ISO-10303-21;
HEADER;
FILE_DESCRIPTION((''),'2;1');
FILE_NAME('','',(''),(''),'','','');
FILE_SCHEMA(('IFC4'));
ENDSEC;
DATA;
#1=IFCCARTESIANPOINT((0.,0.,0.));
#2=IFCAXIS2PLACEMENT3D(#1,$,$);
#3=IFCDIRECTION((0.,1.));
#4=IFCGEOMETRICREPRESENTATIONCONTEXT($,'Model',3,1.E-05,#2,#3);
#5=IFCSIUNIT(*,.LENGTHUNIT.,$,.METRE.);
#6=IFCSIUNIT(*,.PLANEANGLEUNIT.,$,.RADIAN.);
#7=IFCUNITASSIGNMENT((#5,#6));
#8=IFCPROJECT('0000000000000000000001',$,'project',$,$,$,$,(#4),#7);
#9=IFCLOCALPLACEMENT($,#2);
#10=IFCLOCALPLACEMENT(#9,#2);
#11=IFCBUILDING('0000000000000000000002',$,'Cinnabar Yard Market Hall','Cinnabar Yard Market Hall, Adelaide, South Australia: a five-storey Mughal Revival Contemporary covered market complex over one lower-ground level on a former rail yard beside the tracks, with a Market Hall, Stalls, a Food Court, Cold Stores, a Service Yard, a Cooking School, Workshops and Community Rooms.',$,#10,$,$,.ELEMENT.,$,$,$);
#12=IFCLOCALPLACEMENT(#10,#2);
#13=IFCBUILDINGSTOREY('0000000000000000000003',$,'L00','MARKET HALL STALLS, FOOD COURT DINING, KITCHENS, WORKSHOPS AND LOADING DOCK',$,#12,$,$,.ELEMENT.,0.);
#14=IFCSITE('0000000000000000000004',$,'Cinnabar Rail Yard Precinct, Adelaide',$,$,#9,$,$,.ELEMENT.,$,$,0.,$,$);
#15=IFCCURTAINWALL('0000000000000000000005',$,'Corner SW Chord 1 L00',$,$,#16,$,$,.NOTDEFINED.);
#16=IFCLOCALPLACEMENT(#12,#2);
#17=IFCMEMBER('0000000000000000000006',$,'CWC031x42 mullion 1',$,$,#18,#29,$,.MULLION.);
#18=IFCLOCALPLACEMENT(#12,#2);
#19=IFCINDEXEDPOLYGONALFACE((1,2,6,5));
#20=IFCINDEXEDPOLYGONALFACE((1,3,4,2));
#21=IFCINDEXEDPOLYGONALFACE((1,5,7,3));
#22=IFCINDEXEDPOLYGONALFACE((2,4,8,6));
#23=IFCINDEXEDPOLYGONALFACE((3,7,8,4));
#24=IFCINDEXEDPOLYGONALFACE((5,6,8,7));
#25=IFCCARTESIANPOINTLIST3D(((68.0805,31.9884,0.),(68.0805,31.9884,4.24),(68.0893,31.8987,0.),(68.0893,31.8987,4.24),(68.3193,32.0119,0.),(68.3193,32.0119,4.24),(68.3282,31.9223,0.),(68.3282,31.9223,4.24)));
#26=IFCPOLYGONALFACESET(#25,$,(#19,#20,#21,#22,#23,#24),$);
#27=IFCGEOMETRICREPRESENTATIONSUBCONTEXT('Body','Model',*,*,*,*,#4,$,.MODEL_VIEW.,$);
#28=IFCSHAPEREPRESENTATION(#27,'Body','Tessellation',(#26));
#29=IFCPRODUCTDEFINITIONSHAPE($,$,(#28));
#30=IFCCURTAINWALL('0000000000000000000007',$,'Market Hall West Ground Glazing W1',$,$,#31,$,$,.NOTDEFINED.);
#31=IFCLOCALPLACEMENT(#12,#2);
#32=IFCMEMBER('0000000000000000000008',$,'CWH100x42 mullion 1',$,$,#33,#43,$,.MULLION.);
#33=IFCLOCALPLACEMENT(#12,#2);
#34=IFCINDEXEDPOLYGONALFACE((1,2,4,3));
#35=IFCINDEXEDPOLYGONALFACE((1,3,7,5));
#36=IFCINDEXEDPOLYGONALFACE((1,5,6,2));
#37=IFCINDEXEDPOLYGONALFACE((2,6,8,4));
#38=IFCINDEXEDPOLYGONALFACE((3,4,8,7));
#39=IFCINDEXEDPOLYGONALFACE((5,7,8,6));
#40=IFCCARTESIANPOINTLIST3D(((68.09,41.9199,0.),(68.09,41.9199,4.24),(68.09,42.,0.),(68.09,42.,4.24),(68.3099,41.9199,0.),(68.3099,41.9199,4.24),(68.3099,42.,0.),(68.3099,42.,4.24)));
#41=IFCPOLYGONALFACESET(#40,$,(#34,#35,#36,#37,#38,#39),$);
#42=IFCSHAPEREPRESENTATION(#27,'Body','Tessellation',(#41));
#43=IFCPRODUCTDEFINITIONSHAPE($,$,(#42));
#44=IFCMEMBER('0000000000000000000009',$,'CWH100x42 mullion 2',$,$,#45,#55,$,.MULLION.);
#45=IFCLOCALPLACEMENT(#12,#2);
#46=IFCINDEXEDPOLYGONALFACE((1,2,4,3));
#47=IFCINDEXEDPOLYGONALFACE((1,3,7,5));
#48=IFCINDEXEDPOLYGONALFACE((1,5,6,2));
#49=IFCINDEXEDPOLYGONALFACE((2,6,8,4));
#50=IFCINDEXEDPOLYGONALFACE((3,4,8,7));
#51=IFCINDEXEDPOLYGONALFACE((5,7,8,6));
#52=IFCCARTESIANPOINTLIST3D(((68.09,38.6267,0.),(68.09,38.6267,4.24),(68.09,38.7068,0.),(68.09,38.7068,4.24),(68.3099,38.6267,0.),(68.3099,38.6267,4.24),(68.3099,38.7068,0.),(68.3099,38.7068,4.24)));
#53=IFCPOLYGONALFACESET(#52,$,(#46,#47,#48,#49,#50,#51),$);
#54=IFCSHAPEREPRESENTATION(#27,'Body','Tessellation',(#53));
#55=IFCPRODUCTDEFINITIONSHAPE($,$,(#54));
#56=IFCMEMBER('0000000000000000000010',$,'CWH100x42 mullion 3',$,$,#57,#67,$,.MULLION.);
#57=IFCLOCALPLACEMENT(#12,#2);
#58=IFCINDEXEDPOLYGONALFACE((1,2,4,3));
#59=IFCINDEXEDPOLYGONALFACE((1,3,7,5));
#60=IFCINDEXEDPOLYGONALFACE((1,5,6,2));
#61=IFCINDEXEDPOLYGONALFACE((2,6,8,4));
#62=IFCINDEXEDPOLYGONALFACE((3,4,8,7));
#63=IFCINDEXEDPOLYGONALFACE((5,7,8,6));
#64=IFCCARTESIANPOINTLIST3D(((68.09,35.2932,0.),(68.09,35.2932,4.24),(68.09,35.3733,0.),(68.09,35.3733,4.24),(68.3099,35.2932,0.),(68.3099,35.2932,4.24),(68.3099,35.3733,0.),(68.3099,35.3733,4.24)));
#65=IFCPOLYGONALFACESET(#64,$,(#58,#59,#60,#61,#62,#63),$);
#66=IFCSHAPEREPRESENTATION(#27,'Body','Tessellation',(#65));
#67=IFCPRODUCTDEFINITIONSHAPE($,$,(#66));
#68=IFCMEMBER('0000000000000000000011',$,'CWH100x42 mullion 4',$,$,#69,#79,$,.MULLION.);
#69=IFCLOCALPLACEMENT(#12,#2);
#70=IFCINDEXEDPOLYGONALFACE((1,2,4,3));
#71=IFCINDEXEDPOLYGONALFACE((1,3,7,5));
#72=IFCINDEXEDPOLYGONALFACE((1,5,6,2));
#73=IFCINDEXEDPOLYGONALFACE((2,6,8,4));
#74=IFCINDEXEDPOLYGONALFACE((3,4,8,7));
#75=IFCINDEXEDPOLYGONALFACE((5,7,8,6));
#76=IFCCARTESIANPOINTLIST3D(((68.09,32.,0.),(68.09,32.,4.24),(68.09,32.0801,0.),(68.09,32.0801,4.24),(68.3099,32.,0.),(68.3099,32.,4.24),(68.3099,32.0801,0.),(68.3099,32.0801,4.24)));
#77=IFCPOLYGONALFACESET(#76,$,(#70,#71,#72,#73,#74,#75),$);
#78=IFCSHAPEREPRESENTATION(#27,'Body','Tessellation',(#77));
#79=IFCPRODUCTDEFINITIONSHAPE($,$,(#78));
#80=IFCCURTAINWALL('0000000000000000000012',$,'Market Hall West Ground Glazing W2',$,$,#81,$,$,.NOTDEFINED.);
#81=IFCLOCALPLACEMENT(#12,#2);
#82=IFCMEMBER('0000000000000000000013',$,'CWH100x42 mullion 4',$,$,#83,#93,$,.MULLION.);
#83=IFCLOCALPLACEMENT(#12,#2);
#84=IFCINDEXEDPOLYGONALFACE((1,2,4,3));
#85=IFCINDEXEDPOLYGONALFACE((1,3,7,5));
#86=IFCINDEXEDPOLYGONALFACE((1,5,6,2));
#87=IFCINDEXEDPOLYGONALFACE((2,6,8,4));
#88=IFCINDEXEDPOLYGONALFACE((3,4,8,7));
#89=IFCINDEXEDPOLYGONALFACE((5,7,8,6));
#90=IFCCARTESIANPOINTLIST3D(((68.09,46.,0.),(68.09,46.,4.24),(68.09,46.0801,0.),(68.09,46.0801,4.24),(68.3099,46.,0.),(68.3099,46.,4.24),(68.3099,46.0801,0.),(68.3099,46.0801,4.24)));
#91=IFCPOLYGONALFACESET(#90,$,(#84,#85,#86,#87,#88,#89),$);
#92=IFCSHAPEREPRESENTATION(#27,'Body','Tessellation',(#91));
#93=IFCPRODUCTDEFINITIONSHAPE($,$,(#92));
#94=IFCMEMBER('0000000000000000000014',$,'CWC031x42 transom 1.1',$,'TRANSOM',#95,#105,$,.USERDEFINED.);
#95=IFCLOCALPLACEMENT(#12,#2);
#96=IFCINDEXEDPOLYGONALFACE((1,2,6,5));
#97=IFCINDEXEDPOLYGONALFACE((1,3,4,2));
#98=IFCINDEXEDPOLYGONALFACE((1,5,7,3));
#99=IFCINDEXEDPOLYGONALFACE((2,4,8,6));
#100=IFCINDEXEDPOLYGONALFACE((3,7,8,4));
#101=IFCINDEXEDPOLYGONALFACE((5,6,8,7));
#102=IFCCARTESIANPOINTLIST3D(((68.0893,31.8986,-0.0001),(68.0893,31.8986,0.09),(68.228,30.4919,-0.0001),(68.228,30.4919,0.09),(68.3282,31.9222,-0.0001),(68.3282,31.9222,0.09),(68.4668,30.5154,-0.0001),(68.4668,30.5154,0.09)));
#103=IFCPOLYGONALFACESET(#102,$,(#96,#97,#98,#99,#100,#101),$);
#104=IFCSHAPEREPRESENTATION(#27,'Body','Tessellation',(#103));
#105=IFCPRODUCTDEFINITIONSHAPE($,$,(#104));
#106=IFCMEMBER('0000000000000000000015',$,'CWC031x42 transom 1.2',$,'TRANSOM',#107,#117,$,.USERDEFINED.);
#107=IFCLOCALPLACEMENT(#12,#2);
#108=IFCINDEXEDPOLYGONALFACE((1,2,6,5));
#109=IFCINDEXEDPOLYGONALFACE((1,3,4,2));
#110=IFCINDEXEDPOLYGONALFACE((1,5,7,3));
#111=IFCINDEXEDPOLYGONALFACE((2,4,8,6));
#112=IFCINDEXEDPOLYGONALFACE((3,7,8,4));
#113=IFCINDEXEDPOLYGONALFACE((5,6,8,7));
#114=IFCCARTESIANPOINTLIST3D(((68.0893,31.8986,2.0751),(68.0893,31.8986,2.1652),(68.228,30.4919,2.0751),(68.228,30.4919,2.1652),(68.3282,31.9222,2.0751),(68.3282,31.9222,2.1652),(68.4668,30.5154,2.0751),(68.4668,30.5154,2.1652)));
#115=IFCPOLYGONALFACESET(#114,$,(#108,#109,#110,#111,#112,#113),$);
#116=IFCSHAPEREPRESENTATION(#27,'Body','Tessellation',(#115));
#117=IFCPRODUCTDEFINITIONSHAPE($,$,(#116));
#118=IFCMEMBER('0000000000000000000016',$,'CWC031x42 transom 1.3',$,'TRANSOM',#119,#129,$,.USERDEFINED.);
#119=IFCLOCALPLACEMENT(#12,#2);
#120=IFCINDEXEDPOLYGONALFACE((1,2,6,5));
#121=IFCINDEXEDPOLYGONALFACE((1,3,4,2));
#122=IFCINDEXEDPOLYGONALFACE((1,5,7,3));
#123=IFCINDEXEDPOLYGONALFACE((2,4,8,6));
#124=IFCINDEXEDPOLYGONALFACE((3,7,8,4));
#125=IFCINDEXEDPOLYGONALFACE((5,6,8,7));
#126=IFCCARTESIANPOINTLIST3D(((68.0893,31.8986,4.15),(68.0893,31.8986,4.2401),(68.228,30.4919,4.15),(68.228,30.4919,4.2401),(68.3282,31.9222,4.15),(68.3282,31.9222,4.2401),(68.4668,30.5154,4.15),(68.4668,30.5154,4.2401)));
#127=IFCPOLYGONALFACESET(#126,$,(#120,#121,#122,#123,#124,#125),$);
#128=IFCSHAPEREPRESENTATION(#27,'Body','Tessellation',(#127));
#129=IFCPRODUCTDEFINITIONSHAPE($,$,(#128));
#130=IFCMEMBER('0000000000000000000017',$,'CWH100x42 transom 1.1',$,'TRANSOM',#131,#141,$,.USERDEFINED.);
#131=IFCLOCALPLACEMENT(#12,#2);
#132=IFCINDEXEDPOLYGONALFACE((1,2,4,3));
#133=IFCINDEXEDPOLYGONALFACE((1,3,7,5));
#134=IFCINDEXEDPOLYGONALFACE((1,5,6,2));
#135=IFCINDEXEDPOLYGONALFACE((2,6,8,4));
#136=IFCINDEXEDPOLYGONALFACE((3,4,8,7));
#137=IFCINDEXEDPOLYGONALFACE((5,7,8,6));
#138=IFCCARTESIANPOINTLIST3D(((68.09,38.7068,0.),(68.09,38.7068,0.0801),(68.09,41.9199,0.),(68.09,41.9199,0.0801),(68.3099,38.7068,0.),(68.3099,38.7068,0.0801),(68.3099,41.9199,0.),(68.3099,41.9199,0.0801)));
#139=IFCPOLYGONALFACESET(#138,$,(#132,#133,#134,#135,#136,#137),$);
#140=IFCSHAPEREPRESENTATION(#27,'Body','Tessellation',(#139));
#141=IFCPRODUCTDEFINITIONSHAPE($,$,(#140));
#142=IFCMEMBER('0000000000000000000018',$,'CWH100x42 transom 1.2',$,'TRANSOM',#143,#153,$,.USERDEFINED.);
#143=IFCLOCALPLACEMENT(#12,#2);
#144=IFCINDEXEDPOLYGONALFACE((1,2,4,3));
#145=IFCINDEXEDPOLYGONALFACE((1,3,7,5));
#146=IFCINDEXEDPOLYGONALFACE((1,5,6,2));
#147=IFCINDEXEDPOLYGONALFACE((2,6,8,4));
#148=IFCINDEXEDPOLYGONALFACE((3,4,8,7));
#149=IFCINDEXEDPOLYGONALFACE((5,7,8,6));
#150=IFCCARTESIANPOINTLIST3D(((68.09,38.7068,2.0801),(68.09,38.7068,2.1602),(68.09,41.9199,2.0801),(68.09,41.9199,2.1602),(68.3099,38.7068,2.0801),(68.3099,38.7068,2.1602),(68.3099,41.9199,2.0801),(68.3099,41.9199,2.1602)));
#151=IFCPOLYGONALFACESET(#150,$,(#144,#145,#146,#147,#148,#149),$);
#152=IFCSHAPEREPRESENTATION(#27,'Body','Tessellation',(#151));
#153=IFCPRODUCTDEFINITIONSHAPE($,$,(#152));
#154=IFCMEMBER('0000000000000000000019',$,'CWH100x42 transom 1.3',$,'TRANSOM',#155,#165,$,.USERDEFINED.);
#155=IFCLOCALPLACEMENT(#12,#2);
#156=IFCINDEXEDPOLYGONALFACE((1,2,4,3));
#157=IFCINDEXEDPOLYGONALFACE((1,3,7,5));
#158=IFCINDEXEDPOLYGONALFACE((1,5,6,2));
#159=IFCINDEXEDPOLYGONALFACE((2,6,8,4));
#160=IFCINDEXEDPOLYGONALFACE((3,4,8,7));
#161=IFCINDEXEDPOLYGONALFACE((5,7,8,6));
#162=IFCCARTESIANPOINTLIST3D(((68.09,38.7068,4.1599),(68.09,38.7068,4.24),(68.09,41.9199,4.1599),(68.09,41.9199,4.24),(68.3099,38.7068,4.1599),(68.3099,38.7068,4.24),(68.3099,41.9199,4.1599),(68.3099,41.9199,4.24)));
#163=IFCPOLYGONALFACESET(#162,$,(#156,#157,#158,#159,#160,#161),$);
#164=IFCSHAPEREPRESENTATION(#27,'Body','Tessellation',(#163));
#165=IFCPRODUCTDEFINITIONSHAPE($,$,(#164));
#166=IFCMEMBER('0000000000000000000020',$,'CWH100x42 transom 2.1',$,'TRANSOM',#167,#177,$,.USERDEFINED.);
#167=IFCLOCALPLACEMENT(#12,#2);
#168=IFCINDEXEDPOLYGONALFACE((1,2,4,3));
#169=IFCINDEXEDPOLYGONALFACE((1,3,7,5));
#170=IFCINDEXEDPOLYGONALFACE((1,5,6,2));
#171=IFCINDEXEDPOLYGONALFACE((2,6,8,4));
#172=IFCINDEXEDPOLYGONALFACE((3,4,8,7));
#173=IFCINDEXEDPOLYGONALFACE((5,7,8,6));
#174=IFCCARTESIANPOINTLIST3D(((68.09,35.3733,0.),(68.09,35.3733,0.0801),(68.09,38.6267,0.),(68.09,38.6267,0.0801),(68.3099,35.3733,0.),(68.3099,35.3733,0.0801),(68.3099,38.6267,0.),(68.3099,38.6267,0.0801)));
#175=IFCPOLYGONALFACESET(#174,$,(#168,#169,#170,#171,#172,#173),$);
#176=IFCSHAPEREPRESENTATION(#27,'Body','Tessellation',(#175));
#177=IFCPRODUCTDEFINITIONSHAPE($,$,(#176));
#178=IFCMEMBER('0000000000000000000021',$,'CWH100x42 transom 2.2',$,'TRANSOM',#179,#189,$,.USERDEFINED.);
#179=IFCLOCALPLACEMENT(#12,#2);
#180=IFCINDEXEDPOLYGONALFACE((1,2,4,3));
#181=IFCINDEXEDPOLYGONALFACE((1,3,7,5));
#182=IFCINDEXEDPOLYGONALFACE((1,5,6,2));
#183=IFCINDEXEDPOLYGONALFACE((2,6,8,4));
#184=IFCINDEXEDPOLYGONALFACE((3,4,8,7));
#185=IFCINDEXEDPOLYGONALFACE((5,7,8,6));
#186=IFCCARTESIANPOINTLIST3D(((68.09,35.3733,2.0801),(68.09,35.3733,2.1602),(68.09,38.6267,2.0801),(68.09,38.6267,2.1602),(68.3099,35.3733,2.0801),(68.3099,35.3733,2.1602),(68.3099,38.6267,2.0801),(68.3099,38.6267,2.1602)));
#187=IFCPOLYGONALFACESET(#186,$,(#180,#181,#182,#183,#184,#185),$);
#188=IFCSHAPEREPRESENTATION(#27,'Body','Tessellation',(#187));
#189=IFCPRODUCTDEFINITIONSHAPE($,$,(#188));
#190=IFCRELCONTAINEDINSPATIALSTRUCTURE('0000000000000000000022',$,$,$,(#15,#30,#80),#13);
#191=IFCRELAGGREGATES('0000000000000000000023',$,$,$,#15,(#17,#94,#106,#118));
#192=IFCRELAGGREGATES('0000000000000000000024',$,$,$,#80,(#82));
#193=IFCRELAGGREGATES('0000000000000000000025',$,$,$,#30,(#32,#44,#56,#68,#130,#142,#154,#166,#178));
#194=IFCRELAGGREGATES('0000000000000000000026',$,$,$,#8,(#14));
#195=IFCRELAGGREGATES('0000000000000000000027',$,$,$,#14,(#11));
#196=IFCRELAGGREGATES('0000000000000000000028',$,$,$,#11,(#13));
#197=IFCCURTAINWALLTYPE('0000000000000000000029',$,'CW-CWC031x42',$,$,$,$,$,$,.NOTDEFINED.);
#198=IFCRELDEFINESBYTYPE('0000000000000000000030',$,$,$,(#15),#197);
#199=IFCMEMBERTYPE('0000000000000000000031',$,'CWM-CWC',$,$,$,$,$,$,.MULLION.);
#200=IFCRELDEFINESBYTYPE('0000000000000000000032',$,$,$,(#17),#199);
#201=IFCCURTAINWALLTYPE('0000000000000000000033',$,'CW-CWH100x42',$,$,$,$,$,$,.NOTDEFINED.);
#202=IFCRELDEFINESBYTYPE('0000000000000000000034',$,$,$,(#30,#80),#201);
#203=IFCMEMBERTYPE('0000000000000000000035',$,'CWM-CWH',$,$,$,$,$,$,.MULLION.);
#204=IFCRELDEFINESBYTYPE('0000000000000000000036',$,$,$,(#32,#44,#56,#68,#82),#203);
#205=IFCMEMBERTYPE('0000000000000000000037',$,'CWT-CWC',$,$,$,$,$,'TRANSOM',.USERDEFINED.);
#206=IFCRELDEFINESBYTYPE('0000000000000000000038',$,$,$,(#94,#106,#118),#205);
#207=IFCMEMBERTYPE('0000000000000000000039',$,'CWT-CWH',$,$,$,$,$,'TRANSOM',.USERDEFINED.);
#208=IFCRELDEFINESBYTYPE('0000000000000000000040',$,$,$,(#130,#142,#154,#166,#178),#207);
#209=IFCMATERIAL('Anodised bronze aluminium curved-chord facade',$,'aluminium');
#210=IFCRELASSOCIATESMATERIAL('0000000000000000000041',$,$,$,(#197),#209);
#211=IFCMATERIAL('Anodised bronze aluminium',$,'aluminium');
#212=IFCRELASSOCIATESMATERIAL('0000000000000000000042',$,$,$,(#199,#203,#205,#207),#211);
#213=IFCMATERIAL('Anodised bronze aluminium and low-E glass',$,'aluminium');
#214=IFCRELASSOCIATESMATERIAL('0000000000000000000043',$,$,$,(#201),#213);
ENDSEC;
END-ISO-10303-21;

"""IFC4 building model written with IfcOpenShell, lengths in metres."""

from ifc_helpers import new_model, si_unit, direction, frame, origin, origin_2d_with_axis, place, context, subcontext, project, spatial, rectangle, extrude, material, material_profile, profile_set, type_object, element, aggregate, save


model = new_model("IFC4")

# Units and contexts
model_context = context("Model", 3, precision=1e-05, world=origin(), true_north=direction((0.0, 1.0)))
body_context = subcontext(model_context, "Body", "Model", "MODEL_VIEW")
ifc_project = project(units=[si_unit("LENGTHUNIT", "METRE"), si_unit("PLANEANGLEUNIT", "RADIAN")], contexts=[model_context])

# Site, building, storey
site_placement = place(None, origin())
site = spatial("IfcSite", under=ifc_project, at=site_placement, Name="Cinnabar Rail Yard Precinct, Adelaide", CompositionType="ELEMENT", RefElevation=0.0)
building_placement = place(site_placement, origin())
building = spatial("IfcBuilding", under=site, at=building_placement, Name="Cinnabar Yard Market Hall", Description="Cinnabar Yard Market Hall, Adelaide, South Australia: a five-storey Mughal Revival Contemporary covered market complex over one lower-ground level on a former rail yard beside the tracks, with a Market Hall, Stalls, a Food Court, Cold Stores, a Service Yard, a Cooking School, Workshops and Community Rooms.", CompositionType="ELEMENT")
storey_placement = place(building_placement, origin())
storey = spatial("IfcBuildingStorey", under=building, at=storey_placement, Name="L00", Description="MARKET HALL STALLS, FOOD COURT DINING, KITCHENS, WORKSHOPS AND LOADING DOCK", CompositionType="ELEMENT", Elevation=0.0)

# Curtain wall, member
ifc_material_1 = material(Name="Anodised bronze aluminium curved-chord facade", Category="aluminium")
curtain_wall_type_1 = type_object("IfcCurtainWallType", Name="CW-CWC031x42", PredefinedType="NOTDEFINED", material=ifc_material_1)
curtain_wall_1_placement = place(storey_placement, origin())
curtain_wall_1 = element("IfcCurtainWall", 1, at=curtain_wall_1_placement, inside=storey, type_object=curtain_wall_type_1, Name="Corner SW Chord 1 L00", PredefinedType="NOTDEFINED")
ifc_material_2 = material(Name="Anodised bronze aluminium", Category="aluminium")
ifc_material_profile_1 = material_profile(ifc_material_2, rectangle(XDim=0.24, YDim=0.0901, at=origin_2d_with_axis()), Name="MUL-CWC")
ifc_profile_set_1 = profile_set([ifc_material_profile_1], Name="Anodised bronze aluminium")
member_type_1 = type_object("IfcMemberType", Name="CWM-CWC", PredefinedType="MULLION", material=ifc_profile_set_1)
member_1_placement = place(storey_placement, frame((68.2043, 31.9553, 0.0), z_axis=(0.0, 0.0, 1.0), x_axis=(0.995184, 0.09802, 0.0)))
member_1 = element("IfcMember", 2, at=member_1_placement, type_object=member_type_1, Name="CWC031x42 mullion 1", PredefinedType="MULLION", context=body_context, shape_type="SweptSolid", body=[
    extrude(rectangle(XDim=0.24, YDim=0.0901, at=origin_2d_with_axis()), origin(), (0.0, 0.0, 1.0), 4.24),
])

# Curtain wall, members
ifc_material_3 = material(Name="Anodised bronze aluminium and low-E glass", Category="aluminium")
curtain_wall_type_2 = type_object("IfcCurtainWallType", Name="CW-CWH100x42", PredefinedType="NOTDEFINED", material=ifc_material_3)
curtain_wall_2_placement = place(storey_placement, origin())
curtain_wall_2 = element("IfcCurtainWall", 3, at=curtain_wall_2_placement, inside=storey, type_object=curtain_wall_type_2, Name="Market Hall West Ground Glazing W1", PredefinedType="NOTDEFINED")
ifc_material_profile_2 = material_profile(ifc_material_2, rectangle(XDim=0.22, YDim=0.0801, at=origin_2d_with_axis()), Name="MUL-CWH")
ifc_profile_set_2 = profile_set([ifc_material_profile_2], Name="Anodised bronze aluminium")
member_type_2 = type_object("IfcMemberType", Name="CWM-CWH", PredefinedType="MULLION", material=ifc_profile_set_2)
member_2_placement = place(storey_placement, frame((68.2, 41.96, 0.0), z_axis=(0.0, 0.0, 1.0), x_axis=(1.0, 0.0, 0.0)))
member_2 = element("IfcMember", 4, at=member_2_placement, type_object=member_type_2, Name="CWH100x42 mullion 1", PredefinedType="MULLION", context=body_context, shape_type="SweptSolid", body=[
    extrude(rectangle(XDim=0.22, YDim=0.0801, at=origin_2d_with_axis()), origin(), (0.0, 0.0, 1.0), 4.24),
])
member_3_placement = place(storey_placement, frame((68.2, 38.6667, 0.0), z_axis=(0.0, 0.0, 1.0), x_axis=(1.0, 0.0, 0.0)))
member_3 = element("IfcMember", 5, at=member_3_placement, type_object=member_type_2, Name="CWH100x42 mullion 2", PredefinedType="MULLION", context=body_context, shape_type="SweptSolid", body=[
    extrude(rectangle(XDim=0.22, YDim=0.0801, at=origin_2d_with_axis()), origin(), (0.0, 0.0, 1.0), 4.24),
])
member_4_placement = place(storey_placement, frame((68.2, 35.3333, 0.0), z_axis=(0.0, 0.0, 1.0), x_axis=(1.0, 0.0, 0.0)))
member_4 = element("IfcMember", 6, at=member_4_placement, type_object=member_type_2, Name="CWH100x42 mullion 3", PredefinedType="MULLION", context=body_context, shape_type="SweptSolid", body=[
    extrude(rectangle(XDim=0.22, YDim=0.0801, at=origin_2d_with_axis()), origin(), (0.0, 0.0, 1.0), 4.24),
])
member_5_placement = place(storey_placement, frame((68.2, 32.04, 0.0), z_axis=(0.0, 0.0, 1.0), x_axis=(1.0, 0.0, 0.0)))
member_5 = element("IfcMember", 7, at=member_5_placement, type_object=member_type_2, Name="CWH100x42 mullion 4", PredefinedType="MULLION", context=body_context, shape_type="SweptSolid", body=[
    extrude(rectangle(XDim=0.22, YDim=0.0801, at=origin_2d_with_axis()), origin(), (0.0, 0.0, 1.0), 4.24),
])

# Curtain wall, member
curtain_wall_3_placement = place(storey_placement, origin())
curtain_wall_3 = element("IfcCurtainWall", 8, at=curtain_wall_3_placement, inside=storey, type_object=curtain_wall_type_2, Name="Market Hall West Ground Glazing W2", PredefinedType="NOTDEFINED")
member_6_placement = place(storey_placement, frame((68.2, 46.04, 0.0), z_axis=(0.0, 0.0, 1.0), x_axis=(1.0, 0.0, 0.0)))
member_6 = element("IfcMember", 9, at=member_6_placement, type_object=member_type_2, Name="CWH100x42 mullion 4", PredefinedType="MULLION", context=body_context, shape_type="SweptSolid", body=[
    extrude(rectangle(XDim=0.22, YDim=0.0801, at=origin_2d_with_axis()), origin(), (0.0, 0.0, 1.0), 4.24),
])

# Members
ifc_material_profile_3 = material_profile(ifc_material_2, rectangle(XDim=0.24, YDim=0.0901, at=origin_2d_with_axis()), Name="TRN-CWC")
ifc_profile_set_3 = profile_set([ifc_material_profile_3], Name="Anodised bronze aluminium")
member_type_3 = type_object("IfcMemberType", Name="CWT-CWC", ElementType="TRANSOM", PredefinedType="USERDEFINED", material=ifc_profile_set_3)
member_7_placement = place(storey_placement, frame((68.2087, 31.9104, 0.0449), z_axis=(0.098101, -0.995176, 0.0), x_axis=(0.995176, 0.098101, 0.0)))
member_7 = element("IfcMember", 10, at=member_7_placement, type_object=member_type_3, Name="CWC031x42 transom 1.1", ObjectType="TRANSOM", PredefinedType="USERDEFINED", context=body_context, shape_type="SweptSolid", body=[
    extrude(rectangle(XDim=0.24, YDim=0.0901, at=origin_2d_with_axis()), origin(), (0.0, 0.0, 1.0), 1.4136),
])
member_8_placement = place(storey_placement, frame((68.2087, 31.9104, 2.1201), z_axis=(0.098101, -0.995176, 0.0), x_axis=(0.995176, 0.098101, 0.0)))
member_8 = element("IfcMember", 11, at=member_8_placement, type_object=member_type_3, Name="CWC031x42 transom 1.2", ObjectType="TRANSOM", PredefinedType="USERDEFINED", context=body_context, shape_type="SweptSolid", body=[
    extrude(rectangle(XDim=0.24, YDim=0.0901, at=origin_2d_with_axis()), origin(), (0.0, 0.0, 1.0), 1.4136),
])
member_9_placement = place(storey_placement, frame((68.2087, 31.9104, 4.1951), z_axis=(0.098101, -0.995176, 0.0), x_axis=(0.995176, 0.098101, 0.0)))
member_9 = element("IfcMember", 12, at=member_9_placement, type_object=member_type_3, Name="CWC031x42 transom 1.3", ObjectType="TRANSOM", PredefinedType="USERDEFINED", context=body_context, shape_type="SweptSolid", body=[
    extrude(rectangle(XDim=0.24, YDim=0.0901, at=origin_2d_with_axis()), origin(), (0.0, 0.0, 1.0), 1.4136),
])
ifc_material_profile_4 = material_profile(ifc_material_2, rectangle(XDim=0.22, YDim=0.0801, at=origin_2d_with_axis()), Name="TRN-CWH")
ifc_profile_set_4 = profile_set([ifc_material_profile_4], Name="Anodised bronze aluminium")
member_type_4 = type_object("IfcMemberType", Name="CWT-CWH", ElementType="TRANSOM", PredefinedType="USERDEFINED", material=ifc_profile_set_4)
member_10_placement = place(storey_placement, frame((68.2, 41.9199, 0.04), z_axis=(0.0, -1.0, 0.0), x_axis=(1.0, 0.0, 0.0)))
member_10 = element("IfcMember", 13, at=member_10_placement, type_object=member_type_4, Name="CWH100x42 transom 1.1", ObjectType="TRANSOM", PredefinedType="USERDEFINED", context=body_context, shape_type="SweptSolid", body=[
    extrude(rectangle(XDim=0.22, YDim=0.0801, at=origin_2d_with_axis()), origin(), (0.0, 0.0, 1.0), 3.2131),
])
member_11_placement = place(storey_placement, frame((68.2, 41.9199, 2.1201), z_axis=(0.0, -1.0, 0.0), x_axis=(1.0, 0.0, 0.0)))
member_11 = element("IfcMember", 14, at=member_11_placement, type_object=member_type_4, Name="CWH100x42 transom 1.2", ObjectType="TRANSOM", PredefinedType="USERDEFINED", context=body_context, shape_type="SweptSolid", body=[
    extrude(rectangle(XDim=0.22, YDim=0.0801, at=origin_2d_with_axis()), origin(), (0.0, 0.0, 1.0), 3.2131),
])
member_12_placement = place(storey_placement, frame((68.2, 41.9199, 4.2), z_axis=(0.0, -1.0, 0.0), x_axis=(1.0, 0.0, 0.0)))
member_12 = element("IfcMember", 15, at=member_12_placement, type_object=member_type_4, Name="CWH100x42 transom 1.3", ObjectType="TRANSOM", PredefinedType="USERDEFINED", context=body_context, shape_type="SweptSolid", body=[
    extrude(rectangle(XDim=0.22, YDim=0.0801, at=origin_2d_with_axis()), origin(), (0.0, 0.0, 1.0), 3.2131),
])
member_13_placement = place(storey_placement, frame((68.2, 38.6267, 0.04), z_axis=(0.0, -1.0, 0.0), x_axis=(1.0, 0.0, 0.0)))
member_13 = element("IfcMember", 16, at=member_13_placement, type_object=member_type_4, Name="CWH100x42 transom 2.1", ObjectType="TRANSOM", PredefinedType="USERDEFINED", context=body_context, shape_type="SweptSolid", body=[
    extrude(rectangle(XDim=0.22, YDim=0.0801, at=origin_2d_with_axis()), origin(), (0.0, 0.0, 1.0), 3.2534),
])
member_14_placement = place(storey_placement, frame((68.2, 38.6267, 2.1201), z_axis=(0.0, -1.0, 0.0), x_axis=(1.0, 0.0, 0.0)))
member_14 = element("IfcMember", 17, at=member_14_placement, type_object=member_type_4, Name="CWH100x42 transom 2.2", ObjectType="TRANSOM", PredefinedType="USERDEFINED", context=body_context, shape_type="SweptSolid", body=[
    extrude(rectangle(XDim=0.22, YDim=0.0801, at=origin_2d_with_axis()), origin(), (0.0, 0.0, 1.0), 3.2534),
])

aggregate(curtain_wall_1, [member_1, member_7, member_8, member_9])
aggregate(curtain_wall_3, [member_6])
aggregate(curtain_wall_2, [member_2, member_3, member_4, member_5, member_10, member_11, member_12, member_13, member_14])

save(model, "model.ifc")
